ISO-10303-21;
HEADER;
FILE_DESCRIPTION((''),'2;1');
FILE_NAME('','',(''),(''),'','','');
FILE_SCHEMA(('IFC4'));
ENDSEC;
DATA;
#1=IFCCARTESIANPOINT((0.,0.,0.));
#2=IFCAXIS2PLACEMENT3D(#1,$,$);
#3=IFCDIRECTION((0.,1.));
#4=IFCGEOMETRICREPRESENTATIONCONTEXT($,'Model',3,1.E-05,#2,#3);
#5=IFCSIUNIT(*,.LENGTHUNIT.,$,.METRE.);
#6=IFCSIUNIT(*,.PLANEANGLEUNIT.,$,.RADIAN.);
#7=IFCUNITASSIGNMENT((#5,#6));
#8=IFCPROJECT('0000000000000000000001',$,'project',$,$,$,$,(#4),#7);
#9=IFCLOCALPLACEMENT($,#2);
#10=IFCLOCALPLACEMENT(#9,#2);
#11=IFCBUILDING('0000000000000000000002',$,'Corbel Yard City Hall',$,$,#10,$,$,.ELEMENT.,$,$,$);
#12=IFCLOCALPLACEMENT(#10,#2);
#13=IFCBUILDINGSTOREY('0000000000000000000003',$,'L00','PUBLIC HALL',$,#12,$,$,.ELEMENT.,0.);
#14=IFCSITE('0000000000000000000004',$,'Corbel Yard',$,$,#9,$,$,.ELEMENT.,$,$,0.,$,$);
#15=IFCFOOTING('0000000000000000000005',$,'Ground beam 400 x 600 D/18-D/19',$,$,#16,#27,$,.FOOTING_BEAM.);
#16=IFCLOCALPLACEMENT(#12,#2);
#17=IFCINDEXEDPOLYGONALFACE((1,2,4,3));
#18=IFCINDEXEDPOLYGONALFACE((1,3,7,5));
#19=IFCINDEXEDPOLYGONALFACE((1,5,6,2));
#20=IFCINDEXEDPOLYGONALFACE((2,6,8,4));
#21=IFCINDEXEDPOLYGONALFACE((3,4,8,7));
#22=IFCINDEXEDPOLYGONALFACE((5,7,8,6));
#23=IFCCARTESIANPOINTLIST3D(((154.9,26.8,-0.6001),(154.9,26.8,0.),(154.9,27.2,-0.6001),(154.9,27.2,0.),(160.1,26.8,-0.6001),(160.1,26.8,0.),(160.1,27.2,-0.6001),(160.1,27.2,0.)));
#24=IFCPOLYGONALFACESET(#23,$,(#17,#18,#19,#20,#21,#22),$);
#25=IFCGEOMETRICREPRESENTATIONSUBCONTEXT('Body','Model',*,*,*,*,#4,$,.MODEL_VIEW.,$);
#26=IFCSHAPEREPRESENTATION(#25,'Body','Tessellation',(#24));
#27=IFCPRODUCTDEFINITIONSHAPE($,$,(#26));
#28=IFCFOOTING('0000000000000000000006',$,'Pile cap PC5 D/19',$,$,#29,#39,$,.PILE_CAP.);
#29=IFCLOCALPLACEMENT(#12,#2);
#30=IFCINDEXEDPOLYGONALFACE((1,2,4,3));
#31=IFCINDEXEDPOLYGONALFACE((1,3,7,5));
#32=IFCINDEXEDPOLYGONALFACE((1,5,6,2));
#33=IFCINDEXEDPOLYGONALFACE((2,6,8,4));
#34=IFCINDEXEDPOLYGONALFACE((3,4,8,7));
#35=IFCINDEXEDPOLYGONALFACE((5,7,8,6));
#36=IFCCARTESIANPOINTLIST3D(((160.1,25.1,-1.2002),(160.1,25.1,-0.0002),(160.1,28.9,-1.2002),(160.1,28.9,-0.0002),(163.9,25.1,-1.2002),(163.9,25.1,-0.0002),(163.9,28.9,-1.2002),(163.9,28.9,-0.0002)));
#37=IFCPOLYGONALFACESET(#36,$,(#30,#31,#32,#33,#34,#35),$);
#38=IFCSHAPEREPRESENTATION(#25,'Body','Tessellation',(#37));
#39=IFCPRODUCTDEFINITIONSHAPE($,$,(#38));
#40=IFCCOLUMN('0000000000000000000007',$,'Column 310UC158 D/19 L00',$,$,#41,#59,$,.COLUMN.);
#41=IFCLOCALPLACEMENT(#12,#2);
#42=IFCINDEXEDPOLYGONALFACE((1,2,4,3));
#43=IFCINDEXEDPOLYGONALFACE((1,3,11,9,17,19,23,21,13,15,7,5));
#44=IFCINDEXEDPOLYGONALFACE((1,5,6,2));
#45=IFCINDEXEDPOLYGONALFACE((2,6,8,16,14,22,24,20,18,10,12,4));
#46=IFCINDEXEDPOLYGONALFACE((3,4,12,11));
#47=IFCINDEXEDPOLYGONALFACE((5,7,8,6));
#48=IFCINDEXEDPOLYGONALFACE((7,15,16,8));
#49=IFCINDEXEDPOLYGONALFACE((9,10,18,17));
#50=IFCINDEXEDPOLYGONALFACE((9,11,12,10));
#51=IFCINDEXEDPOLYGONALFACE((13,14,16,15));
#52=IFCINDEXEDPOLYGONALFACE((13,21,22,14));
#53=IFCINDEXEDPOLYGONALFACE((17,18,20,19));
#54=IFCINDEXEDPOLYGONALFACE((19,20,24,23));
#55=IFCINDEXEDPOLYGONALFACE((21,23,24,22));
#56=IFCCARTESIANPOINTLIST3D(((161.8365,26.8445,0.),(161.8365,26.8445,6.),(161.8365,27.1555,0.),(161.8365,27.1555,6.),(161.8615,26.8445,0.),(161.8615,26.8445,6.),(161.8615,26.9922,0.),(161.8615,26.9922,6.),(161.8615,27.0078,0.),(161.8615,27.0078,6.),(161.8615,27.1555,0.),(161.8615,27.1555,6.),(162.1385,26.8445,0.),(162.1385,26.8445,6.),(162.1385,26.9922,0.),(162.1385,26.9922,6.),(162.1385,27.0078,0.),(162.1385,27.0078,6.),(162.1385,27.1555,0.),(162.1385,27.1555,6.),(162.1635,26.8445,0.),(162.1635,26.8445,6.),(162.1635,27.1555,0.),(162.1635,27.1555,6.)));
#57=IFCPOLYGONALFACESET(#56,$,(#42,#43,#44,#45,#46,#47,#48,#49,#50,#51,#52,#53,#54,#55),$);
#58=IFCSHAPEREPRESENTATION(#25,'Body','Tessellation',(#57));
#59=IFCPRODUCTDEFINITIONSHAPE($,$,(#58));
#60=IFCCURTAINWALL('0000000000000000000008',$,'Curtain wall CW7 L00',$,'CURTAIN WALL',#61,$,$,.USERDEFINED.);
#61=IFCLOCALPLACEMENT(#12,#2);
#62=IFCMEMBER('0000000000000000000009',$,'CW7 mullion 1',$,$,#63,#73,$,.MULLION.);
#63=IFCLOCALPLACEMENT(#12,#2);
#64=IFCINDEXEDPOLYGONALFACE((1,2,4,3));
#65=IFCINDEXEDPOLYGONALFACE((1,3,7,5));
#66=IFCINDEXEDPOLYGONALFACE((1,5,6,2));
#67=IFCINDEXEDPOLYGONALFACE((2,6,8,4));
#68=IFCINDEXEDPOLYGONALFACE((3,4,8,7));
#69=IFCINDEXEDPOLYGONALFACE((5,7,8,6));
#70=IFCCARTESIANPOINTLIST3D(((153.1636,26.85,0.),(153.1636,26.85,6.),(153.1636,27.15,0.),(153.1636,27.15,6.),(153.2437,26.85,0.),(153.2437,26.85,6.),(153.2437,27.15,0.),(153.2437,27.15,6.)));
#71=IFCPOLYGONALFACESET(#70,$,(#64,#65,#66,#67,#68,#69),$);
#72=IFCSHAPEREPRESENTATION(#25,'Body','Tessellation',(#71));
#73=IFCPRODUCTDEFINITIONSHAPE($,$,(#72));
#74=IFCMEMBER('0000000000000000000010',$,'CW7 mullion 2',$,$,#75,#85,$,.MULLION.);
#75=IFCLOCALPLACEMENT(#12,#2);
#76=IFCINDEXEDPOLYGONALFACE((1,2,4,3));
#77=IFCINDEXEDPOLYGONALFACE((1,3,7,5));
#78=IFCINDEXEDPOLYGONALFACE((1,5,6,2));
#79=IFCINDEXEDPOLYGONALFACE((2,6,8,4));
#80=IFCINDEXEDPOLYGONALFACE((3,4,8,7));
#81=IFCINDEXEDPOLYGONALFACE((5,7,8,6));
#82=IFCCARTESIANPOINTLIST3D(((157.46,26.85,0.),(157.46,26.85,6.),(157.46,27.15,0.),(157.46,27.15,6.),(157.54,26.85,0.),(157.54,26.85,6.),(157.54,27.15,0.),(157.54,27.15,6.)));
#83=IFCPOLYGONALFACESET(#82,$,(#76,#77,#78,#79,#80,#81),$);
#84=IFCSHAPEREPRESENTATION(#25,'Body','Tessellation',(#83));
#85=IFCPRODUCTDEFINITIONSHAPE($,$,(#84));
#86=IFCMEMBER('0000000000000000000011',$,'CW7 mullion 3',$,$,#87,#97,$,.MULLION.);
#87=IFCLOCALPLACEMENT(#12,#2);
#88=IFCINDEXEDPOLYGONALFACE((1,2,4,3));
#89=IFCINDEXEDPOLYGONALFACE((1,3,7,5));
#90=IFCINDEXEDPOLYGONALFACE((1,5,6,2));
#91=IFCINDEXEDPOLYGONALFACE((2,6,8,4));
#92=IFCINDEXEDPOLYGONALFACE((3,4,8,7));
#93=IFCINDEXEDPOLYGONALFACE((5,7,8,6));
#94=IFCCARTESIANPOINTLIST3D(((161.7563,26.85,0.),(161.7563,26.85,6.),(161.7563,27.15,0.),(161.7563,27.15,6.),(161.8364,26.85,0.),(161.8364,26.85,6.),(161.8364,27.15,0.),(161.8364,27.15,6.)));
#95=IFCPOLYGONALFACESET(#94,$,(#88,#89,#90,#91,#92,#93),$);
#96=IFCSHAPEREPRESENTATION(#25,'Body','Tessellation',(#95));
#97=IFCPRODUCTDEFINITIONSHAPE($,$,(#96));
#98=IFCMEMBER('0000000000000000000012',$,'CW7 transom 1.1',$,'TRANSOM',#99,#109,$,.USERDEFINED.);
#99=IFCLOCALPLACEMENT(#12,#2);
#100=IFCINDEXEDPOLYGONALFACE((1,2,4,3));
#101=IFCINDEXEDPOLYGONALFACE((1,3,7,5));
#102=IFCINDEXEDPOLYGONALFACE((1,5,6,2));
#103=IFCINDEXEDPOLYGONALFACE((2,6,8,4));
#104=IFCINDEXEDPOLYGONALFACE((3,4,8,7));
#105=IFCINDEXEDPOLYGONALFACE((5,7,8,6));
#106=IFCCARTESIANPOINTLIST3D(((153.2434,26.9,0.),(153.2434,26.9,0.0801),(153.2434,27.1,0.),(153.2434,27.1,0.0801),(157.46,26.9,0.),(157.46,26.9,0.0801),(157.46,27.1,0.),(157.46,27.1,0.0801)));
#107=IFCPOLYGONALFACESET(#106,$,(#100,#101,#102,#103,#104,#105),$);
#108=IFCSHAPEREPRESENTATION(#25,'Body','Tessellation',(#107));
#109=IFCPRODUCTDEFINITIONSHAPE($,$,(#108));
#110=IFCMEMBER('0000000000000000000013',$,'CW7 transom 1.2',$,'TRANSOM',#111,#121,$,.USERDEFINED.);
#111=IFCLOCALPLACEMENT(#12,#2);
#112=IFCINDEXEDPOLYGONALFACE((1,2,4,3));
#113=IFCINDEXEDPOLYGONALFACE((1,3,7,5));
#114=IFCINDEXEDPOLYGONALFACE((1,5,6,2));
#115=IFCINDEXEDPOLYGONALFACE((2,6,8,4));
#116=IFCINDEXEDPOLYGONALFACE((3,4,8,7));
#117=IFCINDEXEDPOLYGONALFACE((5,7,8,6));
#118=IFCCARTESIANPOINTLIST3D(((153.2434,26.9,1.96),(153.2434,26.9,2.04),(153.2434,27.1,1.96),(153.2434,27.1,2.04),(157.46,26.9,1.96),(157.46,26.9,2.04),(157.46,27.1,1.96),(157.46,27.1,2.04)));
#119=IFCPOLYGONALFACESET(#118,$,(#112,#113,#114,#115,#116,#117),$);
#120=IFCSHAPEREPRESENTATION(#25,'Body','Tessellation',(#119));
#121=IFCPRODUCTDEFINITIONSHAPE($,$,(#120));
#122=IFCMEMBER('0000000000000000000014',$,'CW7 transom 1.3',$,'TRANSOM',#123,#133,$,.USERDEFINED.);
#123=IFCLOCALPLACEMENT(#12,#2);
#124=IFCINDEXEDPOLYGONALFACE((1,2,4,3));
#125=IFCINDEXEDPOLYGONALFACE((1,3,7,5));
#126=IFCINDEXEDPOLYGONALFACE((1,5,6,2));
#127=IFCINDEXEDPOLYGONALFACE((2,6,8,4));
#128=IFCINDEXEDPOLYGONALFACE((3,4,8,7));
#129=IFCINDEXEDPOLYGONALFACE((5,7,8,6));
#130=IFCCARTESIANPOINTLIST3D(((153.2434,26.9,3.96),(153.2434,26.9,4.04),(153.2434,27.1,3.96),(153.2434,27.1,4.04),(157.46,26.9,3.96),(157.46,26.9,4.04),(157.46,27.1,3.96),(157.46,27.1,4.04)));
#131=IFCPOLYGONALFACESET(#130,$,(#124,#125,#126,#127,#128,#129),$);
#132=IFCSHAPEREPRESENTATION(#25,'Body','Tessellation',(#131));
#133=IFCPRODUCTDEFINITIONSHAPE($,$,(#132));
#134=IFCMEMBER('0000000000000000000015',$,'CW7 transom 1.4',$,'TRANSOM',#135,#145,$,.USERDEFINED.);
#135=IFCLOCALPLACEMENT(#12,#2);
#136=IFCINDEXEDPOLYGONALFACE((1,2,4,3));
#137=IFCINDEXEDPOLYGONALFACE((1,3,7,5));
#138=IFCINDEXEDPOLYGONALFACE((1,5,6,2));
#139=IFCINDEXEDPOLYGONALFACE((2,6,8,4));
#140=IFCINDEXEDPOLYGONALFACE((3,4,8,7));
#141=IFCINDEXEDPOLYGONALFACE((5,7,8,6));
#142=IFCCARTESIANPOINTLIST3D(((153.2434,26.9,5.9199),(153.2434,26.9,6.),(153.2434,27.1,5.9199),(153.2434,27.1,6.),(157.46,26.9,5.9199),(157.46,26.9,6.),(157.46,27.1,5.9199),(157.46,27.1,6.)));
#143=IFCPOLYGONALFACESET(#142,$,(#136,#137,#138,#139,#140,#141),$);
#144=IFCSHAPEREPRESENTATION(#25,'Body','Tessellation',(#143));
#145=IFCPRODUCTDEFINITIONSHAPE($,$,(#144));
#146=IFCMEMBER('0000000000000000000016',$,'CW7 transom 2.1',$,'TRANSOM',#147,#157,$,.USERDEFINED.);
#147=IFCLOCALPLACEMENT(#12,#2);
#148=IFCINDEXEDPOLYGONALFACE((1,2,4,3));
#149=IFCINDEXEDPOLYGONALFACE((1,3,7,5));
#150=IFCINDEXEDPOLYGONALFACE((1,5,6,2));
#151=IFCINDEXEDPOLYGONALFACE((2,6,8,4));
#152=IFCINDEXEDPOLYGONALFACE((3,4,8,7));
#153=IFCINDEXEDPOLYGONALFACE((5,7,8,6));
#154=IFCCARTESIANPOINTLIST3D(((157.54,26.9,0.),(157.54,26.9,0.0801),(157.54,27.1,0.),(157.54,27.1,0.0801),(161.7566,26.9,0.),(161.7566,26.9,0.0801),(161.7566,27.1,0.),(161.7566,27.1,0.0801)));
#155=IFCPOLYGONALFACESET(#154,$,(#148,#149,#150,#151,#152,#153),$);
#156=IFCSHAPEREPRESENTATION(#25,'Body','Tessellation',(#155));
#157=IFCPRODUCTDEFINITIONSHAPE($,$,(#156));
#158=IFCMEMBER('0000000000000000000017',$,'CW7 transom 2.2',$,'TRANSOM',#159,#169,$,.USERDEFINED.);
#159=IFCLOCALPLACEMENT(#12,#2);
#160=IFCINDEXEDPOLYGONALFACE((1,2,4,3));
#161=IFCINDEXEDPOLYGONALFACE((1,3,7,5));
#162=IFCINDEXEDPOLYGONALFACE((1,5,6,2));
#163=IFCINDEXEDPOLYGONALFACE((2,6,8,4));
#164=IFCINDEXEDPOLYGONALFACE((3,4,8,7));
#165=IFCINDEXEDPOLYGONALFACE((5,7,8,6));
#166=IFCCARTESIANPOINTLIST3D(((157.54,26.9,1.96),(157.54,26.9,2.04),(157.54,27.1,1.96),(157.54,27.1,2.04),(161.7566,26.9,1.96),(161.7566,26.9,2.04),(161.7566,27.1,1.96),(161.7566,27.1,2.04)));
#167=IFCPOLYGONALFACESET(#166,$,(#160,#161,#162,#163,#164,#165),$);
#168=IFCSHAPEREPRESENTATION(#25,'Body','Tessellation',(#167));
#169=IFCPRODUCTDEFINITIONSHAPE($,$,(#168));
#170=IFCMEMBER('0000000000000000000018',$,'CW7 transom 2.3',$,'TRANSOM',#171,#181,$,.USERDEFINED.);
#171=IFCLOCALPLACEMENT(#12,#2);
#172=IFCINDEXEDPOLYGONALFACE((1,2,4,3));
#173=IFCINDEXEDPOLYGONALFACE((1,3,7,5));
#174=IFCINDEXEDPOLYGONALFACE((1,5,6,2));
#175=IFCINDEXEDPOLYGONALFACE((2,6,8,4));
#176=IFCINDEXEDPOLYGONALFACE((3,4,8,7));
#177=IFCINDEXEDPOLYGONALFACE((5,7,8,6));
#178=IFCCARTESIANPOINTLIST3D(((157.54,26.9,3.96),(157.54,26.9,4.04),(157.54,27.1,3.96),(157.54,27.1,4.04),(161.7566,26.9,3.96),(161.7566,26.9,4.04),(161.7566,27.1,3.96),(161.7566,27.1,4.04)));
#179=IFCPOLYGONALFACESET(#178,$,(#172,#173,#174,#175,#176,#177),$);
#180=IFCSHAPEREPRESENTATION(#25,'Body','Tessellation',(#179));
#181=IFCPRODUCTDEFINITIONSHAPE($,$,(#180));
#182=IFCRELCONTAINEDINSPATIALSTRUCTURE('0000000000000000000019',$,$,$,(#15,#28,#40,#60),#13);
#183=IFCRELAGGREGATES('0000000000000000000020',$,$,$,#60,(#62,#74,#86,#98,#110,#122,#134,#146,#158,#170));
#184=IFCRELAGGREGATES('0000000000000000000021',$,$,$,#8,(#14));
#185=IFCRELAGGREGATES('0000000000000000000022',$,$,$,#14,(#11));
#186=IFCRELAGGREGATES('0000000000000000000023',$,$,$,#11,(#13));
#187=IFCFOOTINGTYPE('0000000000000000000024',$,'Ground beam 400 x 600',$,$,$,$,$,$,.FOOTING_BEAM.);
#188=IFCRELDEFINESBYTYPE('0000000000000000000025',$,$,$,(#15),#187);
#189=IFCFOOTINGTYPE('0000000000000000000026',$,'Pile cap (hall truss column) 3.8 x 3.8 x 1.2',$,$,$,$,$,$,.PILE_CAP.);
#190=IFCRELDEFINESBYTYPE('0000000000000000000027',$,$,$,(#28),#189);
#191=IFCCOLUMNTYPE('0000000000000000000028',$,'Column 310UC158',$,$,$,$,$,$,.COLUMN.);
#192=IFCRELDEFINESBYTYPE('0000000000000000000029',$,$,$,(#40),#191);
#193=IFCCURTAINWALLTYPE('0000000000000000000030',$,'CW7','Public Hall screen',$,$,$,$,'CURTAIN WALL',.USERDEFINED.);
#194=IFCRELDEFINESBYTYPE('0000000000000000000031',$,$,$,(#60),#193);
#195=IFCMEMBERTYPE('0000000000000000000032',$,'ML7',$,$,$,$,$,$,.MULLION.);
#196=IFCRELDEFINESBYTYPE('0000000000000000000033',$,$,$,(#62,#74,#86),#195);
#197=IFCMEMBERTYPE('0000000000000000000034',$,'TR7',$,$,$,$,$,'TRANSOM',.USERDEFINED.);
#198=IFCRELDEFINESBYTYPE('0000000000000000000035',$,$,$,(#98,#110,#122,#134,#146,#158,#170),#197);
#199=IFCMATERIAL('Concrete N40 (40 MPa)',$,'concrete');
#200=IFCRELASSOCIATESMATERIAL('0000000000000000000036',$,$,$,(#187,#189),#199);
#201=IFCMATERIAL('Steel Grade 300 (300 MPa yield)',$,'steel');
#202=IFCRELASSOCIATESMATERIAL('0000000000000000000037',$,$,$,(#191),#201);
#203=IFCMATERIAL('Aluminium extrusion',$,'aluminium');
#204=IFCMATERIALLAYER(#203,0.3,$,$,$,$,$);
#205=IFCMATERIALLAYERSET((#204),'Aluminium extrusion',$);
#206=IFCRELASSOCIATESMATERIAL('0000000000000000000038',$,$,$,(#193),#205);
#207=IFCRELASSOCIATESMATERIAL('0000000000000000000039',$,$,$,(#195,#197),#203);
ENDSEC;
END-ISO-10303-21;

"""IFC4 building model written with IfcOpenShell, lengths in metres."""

from ifc_helpers import new_model, si_unit, direction, frame, origin, origin_2d, place, context, subcontext, project, spatial, rectangle, i_section, extrude, material, layer, layer_set, material_profile, profile_set, type_object, element, aggregate, save


model = new_model("IFC4")

# Units and contexts
model_context = context("Model", 3, precision=1e-05, world=origin(), true_north=direction((0.0, 1.0)))
body_context = subcontext(model_context, "Body", "Model", "MODEL_VIEW")
ifc_project = project(units=[si_unit("LENGTHUNIT", "METRE"), si_unit("PLANEANGLEUNIT", "RADIAN")], contexts=[model_context])

# Site, building, storey
site_placement = place(None, origin())
site = spatial("IfcSite", under=ifc_project, at=site_placement, Name="Corbel Yard", CompositionType="ELEMENT", RefElevation=0.0)
building_placement = place(site_placement, origin())
building = spatial("IfcBuilding", under=site, at=building_placement, Name="Corbel Yard City Hall", CompositionType="ELEMENT")
storey_placement = place(building_placement, origin())
storey = spatial("IfcBuildingStorey", under=building, at=storey_placement, Name="L00", Description="PUBLIC HALL", CompositionType="ELEMENT", Elevation=0.0)

# Footings
ifc_material_1 = material(Name="Concrete N40 (40 MPa)", Category="concrete")
footing_type_1 = type_object("IfcFootingType", Name="Ground beam 400 x 600", PredefinedType="FOOTING_BEAM", material=ifc_material_1)
footing_1_placement = place(storey_placement, frame((157.5, 27.0, -0.6001), z_axis=(0.0, 0.0, 1.0), x_axis=(1.0, 0.0, 0.0)))
element("IfcFooting", 1, at=footing_1_placement, inside=storey, type_object=footing_type_1, Name="Ground beam 400 x 600 D/18-D/19", PredefinedType="FOOTING_BEAM", context=body_context, shape_type="SweptSolid", body=[
    extrude(rectangle(XDim=5.2, YDim=0.3999, at=origin_2d()), origin(), (0.0, 0.0, 1.0), 0.6001),
])
footing_type_2 = type_object("IfcFootingType", Name="Pile cap (hall truss column) 3.8 x 3.8 x 1.2", PredefinedType="PILE_CAP", material=ifc_material_1)
footing_2_placement = place(storey_placement, frame((162.0, 27.0, -1.2002), z_axis=(0.0, 0.0, 1.0), x_axis=(1.0, 0.0, 0.0)))
element("IfcFooting", 2, at=footing_2_placement, inside=storey, type_object=footing_type_2, Name="Pile cap PC5 D/19", PredefinedType="PILE_CAP", context=body_context, shape_type="SweptSolid", body=[
    extrude(rectangle(XDim=3.8, YDim=3.8, at=origin_2d()), origin(), (0.0, 0.0, 1.0), 1.2),
])

# Column
ifc_material_2 = material(Name="Steel Grade 300 (300 MPa yield)", Category="steel")
ifc_material_profile_1 = material_profile(ifc_material_2, i_section(OverallWidth=0.311, OverallDepth=0.3269, WebThickness=0.0156, FlangeThickness=0.0249, at=origin_2d()), Name="310UC158")
ifc_profile_set_1 = profile_set([ifc_material_profile_1], Name="Steel Grade 300 (300 MPa yield)")
column_type = type_object("IfcColumnType", Name="Column 310UC158", PredefinedType="COLUMN", material=ifc_profile_set_1)
column_placement = place(storey_placement, frame((162.0, 27.0, 0.0), z_axis=(0.0, 0.0, 1.0), x_axis=(0.0, 1.0, 0.0)))
element("IfcColumn", 3, at=column_placement, inside=storey, type_object=column_type, Name="Column 310UC158 D/19 L00", PredefinedType="COLUMN", context=body_context, shape_type="SweptSolid", body=[
    extrude(i_section(OverallWidth=0.311, OverallDepth=0.3269, WebThickness=0.0156, FlangeThickness=0.0249, at=origin_2d()), origin(), (0.0, 0.0, 1.0), 6.0),
])

# Curtain wall, members
ifc_material_3 = material(Name="Aluminium extrusion", Category="aluminium")
ifc_layer_1 = layer(ifc_material_3, 0.3)
ifc_layer_set_1 = layer_set([ifc_layer_1], Name="Aluminium extrusion")
curtain_wall_type = type_object("IfcCurtainWallType", Name="CW7", Description="Public Hall screen", ElementType="CURTAIN WALL", PredefinedType="USERDEFINED", material=ifc_layer_set_1)
curtain_wall_placement = place(storey_placement, origin())
curtain_wall = element("IfcCurtainWall", 4, at=curtain_wall_placement, inside=storey, type_object=curtain_wall_type, Name="Curtain wall CW7 L00", ObjectType="CURTAIN WALL", PredefinedType="USERDEFINED")
ifc_material_profile_2 = material_profile(ifc_material_3, rectangle(XDim=0.3, YDim=0.0801, at=origin_2d()), Name="300x80")
ifc_profile_set_2 = profile_set([ifc_material_profile_2], Name="Aluminium extrusion")
member_type_1 = type_object("IfcMemberType", Name="ML7", PredefinedType="MULLION", material=ifc_profile_set_2)
member_1_placement = place(storey_placement, frame((153.2036, 27.0, 0.0), z_axis=(0.0, 0.0, 1.0), x_axis=(0.0, 1.0, 0.0)))
member_1 = element("IfcMember", 5, at=member_1_placement, type_object=member_type_1, Name="CW7 mullion 1", PredefinedType="MULLION", context=body_context, shape_type="SweptSolid", body=[
    extrude(rectangle(XDim=0.3, YDim=0.0801, at=origin_2d()), origin(), (0.0, 0.0, 1.0), 6.0),
])
member_2_placement = place(storey_placement, frame((157.5, 27.0, 0.0), z_axis=(0.0, 0.0, 1.0), x_axis=(0.0, 1.0, 0.0)))
member_2 = element("IfcMember", 6, at=member_2_placement, type_object=member_type_1, Name="CW7 mullion 2", PredefinedType="MULLION", context=body_context, shape_type="SweptSolid", body=[
    extrude(rectangle(XDim=0.3, YDim=0.0801, at=origin_2d()), origin(), (0.0, 0.0, 1.0), 6.0),
])
member_3_placement = place(storey_placement, frame((161.7964, 27.0, 0.0), z_axis=(0.0, 0.0, 1.0), x_axis=(0.0, 1.0, 0.0)))
member_3 = element("IfcMember", 7, at=member_3_placement, type_object=member_type_1, Name="CW7 mullion 3", PredefinedType="MULLION", context=body_context, shape_type="SweptSolid", body=[
    extrude(rectangle(XDim=0.3, YDim=0.0801, at=origin_2d()), origin(), (0.0, 0.0, 1.0), 6.0),
])
ifc_material_profile_3 = material_profile(ifc_material_3, rectangle(XDim=0.2, YDim=0.0801, at=origin_2d()), Name="200x80")
ifc_profile_set_3 = profile_set([ifc_material_profile_3], Name="Aluminium extrusion")
member_type_2 = type_object("IfcMemberType", Name="TR7", ElementType="TRANSOM", PredefinedType="USERDEFINED", material=ifc_profile_set_3)
member_4_placement = place(storey_placement, frame((153.2434, 27.0, 0.04), z_axis=(1.0, 0.0, 0.0), x_axis=(0.0, 1.0, 0.0)))
member_4 = element("IfcMember", 8, at=member_4_placement, type_object=member_type_2, Name="CW7 transom 1.1", ObjectType="TRANSOM", PredefinedType="USERDEFINED", context=body_context, shape_type="SweptSolid", body=[
    extrude(rectangle(XDim=0.2, YDim=0.0801, at=origin_2d()), origin(), (0.0, 0.0, 1.0), 4.2166),
])
member_5_placement = place(storey_placement, frame((153.2434, 27.0, 2.0), z_axis=(1.0, 0.0, 0.0), x_axis=(0.0, 1.0, 0.0)))
member_5 = element("IfcMember", 9, at=member_5_placement, type_object=member_type_2, Name="CW7 transom 1.2", ObjectType="TRANSOM", PredefinedType="USERDEFINED", context=body_context, shape_type="SweptSolid", body=[
    extrude(rectangle(XDim=0.2, YDim=0.0801, at=origin_2d()), origin(), (0.0, 0.0, 1.0), 4.2166),
])
member_6_placement = place(storey_placement, frame((153.2434, 27.0, 4.0), z_axis=(1.0, 0.0, 0.0), x_axis=(0.0, 1.0, 0.0)))
member_6 = element("IfcMember", 10, at=member_6_placement, type_object=member_type_2, Name="CW7 transom 1.3", ObjectType="TRANSOM", PredefinedType="USERDEFINED", context=body_context, shape_type="SweptSolid", body=[
    extrude(rectangle(XDim=0.2, YDim=0.0801, at=origin_2d()), origin(), (0.0, 0.0, 1.0), 4.2166),
])
member_7_placement = place(storey_placement, frame((153.2434, 27.0, 5.96), z_axis=(1.0, 0.0, 0.0), x_axis=(0.0, 1.0, 0.0)))
member_7 = element("IfcMember", 11, at=member_7_placement, type_object=member_type_2, Name="CW7 transom 1.4", ObjectType="TRANSOM", PredefinedType="USERDEFINED", context=body_context, shape_type="SweptSolid", body=[
    extrude(rectangle(XDim=0.2, YDim=0.0801, at=origin_2d()), origin(), (0.0, 0.0, 1.0), 4.2166),
])
member_8_placement = place(storey_placement, frame((157.54, 27.0, 0.04), z_axis=(1.0, 0.0, 0.0), x_axis=(0.0, 1.0, 0.0)))
member_8 = element("IfcMember", 12, at=member_8_placement, type_object=member_type_2, Name="CW7 transom 2.1", ObjectType="TRANSOM", PredefinedType="USERDEFINED", context=body_context, shape_type="SweptSolid", body=[
    extrude(rectangle(XDim=0.2, YDim=0.0801, at=origin_2d()), origin(), (0.0, 0.0, 1.0), 4.2166),
])
member_9_placement = place(storey_placement, frame((157.54, 27.0, 2.0), z_axis=(1.0, 0.0, 0.0), x_axis=(0.0, 1.0, 0.0)))
member_9 = element("IfcMember", 13, at=member_9_placement, type_object=member_type_2, Name="CW7 transom 2.2", ObjectType="TRANSOM", PredefinedType="USERDEFINED", context=body_context, shape_type="SweptSolid", body=[
    extrude(rectangle(XDim=0.2, YDim=0.0801, at=origin_2d()), origin(), (0.0, 0.0, 1.0), 4.2166),
])
member_10_placement = place(storey_placement, frame((157.54, 27.0, 4.0), z_axis=(1.0, 0.0, 0.0), x_axis=(0.0, 1.0, 0.0)))
member_10 = element("IfcMember", 14, at=member_10_placement, type_object=member_type_2, Name="CW7 transom 2.3", ObjectType="TRANSOM", PredefinedType="USERDEFINED", context=body_context, shape_type="SweptSolid", body=[
    extrude(rectangle(XDim=0.2, YDim=0.0801, at=origin_2d()), origin(), (0.0, 0.0, 1.0), 4.2166),
])
aggregate(curtain_wall, [member_1, member_2, member_3, member_4, member_5, member_6, member_7, member_8, member_9, member_10])

save(model, "model.ifc")
